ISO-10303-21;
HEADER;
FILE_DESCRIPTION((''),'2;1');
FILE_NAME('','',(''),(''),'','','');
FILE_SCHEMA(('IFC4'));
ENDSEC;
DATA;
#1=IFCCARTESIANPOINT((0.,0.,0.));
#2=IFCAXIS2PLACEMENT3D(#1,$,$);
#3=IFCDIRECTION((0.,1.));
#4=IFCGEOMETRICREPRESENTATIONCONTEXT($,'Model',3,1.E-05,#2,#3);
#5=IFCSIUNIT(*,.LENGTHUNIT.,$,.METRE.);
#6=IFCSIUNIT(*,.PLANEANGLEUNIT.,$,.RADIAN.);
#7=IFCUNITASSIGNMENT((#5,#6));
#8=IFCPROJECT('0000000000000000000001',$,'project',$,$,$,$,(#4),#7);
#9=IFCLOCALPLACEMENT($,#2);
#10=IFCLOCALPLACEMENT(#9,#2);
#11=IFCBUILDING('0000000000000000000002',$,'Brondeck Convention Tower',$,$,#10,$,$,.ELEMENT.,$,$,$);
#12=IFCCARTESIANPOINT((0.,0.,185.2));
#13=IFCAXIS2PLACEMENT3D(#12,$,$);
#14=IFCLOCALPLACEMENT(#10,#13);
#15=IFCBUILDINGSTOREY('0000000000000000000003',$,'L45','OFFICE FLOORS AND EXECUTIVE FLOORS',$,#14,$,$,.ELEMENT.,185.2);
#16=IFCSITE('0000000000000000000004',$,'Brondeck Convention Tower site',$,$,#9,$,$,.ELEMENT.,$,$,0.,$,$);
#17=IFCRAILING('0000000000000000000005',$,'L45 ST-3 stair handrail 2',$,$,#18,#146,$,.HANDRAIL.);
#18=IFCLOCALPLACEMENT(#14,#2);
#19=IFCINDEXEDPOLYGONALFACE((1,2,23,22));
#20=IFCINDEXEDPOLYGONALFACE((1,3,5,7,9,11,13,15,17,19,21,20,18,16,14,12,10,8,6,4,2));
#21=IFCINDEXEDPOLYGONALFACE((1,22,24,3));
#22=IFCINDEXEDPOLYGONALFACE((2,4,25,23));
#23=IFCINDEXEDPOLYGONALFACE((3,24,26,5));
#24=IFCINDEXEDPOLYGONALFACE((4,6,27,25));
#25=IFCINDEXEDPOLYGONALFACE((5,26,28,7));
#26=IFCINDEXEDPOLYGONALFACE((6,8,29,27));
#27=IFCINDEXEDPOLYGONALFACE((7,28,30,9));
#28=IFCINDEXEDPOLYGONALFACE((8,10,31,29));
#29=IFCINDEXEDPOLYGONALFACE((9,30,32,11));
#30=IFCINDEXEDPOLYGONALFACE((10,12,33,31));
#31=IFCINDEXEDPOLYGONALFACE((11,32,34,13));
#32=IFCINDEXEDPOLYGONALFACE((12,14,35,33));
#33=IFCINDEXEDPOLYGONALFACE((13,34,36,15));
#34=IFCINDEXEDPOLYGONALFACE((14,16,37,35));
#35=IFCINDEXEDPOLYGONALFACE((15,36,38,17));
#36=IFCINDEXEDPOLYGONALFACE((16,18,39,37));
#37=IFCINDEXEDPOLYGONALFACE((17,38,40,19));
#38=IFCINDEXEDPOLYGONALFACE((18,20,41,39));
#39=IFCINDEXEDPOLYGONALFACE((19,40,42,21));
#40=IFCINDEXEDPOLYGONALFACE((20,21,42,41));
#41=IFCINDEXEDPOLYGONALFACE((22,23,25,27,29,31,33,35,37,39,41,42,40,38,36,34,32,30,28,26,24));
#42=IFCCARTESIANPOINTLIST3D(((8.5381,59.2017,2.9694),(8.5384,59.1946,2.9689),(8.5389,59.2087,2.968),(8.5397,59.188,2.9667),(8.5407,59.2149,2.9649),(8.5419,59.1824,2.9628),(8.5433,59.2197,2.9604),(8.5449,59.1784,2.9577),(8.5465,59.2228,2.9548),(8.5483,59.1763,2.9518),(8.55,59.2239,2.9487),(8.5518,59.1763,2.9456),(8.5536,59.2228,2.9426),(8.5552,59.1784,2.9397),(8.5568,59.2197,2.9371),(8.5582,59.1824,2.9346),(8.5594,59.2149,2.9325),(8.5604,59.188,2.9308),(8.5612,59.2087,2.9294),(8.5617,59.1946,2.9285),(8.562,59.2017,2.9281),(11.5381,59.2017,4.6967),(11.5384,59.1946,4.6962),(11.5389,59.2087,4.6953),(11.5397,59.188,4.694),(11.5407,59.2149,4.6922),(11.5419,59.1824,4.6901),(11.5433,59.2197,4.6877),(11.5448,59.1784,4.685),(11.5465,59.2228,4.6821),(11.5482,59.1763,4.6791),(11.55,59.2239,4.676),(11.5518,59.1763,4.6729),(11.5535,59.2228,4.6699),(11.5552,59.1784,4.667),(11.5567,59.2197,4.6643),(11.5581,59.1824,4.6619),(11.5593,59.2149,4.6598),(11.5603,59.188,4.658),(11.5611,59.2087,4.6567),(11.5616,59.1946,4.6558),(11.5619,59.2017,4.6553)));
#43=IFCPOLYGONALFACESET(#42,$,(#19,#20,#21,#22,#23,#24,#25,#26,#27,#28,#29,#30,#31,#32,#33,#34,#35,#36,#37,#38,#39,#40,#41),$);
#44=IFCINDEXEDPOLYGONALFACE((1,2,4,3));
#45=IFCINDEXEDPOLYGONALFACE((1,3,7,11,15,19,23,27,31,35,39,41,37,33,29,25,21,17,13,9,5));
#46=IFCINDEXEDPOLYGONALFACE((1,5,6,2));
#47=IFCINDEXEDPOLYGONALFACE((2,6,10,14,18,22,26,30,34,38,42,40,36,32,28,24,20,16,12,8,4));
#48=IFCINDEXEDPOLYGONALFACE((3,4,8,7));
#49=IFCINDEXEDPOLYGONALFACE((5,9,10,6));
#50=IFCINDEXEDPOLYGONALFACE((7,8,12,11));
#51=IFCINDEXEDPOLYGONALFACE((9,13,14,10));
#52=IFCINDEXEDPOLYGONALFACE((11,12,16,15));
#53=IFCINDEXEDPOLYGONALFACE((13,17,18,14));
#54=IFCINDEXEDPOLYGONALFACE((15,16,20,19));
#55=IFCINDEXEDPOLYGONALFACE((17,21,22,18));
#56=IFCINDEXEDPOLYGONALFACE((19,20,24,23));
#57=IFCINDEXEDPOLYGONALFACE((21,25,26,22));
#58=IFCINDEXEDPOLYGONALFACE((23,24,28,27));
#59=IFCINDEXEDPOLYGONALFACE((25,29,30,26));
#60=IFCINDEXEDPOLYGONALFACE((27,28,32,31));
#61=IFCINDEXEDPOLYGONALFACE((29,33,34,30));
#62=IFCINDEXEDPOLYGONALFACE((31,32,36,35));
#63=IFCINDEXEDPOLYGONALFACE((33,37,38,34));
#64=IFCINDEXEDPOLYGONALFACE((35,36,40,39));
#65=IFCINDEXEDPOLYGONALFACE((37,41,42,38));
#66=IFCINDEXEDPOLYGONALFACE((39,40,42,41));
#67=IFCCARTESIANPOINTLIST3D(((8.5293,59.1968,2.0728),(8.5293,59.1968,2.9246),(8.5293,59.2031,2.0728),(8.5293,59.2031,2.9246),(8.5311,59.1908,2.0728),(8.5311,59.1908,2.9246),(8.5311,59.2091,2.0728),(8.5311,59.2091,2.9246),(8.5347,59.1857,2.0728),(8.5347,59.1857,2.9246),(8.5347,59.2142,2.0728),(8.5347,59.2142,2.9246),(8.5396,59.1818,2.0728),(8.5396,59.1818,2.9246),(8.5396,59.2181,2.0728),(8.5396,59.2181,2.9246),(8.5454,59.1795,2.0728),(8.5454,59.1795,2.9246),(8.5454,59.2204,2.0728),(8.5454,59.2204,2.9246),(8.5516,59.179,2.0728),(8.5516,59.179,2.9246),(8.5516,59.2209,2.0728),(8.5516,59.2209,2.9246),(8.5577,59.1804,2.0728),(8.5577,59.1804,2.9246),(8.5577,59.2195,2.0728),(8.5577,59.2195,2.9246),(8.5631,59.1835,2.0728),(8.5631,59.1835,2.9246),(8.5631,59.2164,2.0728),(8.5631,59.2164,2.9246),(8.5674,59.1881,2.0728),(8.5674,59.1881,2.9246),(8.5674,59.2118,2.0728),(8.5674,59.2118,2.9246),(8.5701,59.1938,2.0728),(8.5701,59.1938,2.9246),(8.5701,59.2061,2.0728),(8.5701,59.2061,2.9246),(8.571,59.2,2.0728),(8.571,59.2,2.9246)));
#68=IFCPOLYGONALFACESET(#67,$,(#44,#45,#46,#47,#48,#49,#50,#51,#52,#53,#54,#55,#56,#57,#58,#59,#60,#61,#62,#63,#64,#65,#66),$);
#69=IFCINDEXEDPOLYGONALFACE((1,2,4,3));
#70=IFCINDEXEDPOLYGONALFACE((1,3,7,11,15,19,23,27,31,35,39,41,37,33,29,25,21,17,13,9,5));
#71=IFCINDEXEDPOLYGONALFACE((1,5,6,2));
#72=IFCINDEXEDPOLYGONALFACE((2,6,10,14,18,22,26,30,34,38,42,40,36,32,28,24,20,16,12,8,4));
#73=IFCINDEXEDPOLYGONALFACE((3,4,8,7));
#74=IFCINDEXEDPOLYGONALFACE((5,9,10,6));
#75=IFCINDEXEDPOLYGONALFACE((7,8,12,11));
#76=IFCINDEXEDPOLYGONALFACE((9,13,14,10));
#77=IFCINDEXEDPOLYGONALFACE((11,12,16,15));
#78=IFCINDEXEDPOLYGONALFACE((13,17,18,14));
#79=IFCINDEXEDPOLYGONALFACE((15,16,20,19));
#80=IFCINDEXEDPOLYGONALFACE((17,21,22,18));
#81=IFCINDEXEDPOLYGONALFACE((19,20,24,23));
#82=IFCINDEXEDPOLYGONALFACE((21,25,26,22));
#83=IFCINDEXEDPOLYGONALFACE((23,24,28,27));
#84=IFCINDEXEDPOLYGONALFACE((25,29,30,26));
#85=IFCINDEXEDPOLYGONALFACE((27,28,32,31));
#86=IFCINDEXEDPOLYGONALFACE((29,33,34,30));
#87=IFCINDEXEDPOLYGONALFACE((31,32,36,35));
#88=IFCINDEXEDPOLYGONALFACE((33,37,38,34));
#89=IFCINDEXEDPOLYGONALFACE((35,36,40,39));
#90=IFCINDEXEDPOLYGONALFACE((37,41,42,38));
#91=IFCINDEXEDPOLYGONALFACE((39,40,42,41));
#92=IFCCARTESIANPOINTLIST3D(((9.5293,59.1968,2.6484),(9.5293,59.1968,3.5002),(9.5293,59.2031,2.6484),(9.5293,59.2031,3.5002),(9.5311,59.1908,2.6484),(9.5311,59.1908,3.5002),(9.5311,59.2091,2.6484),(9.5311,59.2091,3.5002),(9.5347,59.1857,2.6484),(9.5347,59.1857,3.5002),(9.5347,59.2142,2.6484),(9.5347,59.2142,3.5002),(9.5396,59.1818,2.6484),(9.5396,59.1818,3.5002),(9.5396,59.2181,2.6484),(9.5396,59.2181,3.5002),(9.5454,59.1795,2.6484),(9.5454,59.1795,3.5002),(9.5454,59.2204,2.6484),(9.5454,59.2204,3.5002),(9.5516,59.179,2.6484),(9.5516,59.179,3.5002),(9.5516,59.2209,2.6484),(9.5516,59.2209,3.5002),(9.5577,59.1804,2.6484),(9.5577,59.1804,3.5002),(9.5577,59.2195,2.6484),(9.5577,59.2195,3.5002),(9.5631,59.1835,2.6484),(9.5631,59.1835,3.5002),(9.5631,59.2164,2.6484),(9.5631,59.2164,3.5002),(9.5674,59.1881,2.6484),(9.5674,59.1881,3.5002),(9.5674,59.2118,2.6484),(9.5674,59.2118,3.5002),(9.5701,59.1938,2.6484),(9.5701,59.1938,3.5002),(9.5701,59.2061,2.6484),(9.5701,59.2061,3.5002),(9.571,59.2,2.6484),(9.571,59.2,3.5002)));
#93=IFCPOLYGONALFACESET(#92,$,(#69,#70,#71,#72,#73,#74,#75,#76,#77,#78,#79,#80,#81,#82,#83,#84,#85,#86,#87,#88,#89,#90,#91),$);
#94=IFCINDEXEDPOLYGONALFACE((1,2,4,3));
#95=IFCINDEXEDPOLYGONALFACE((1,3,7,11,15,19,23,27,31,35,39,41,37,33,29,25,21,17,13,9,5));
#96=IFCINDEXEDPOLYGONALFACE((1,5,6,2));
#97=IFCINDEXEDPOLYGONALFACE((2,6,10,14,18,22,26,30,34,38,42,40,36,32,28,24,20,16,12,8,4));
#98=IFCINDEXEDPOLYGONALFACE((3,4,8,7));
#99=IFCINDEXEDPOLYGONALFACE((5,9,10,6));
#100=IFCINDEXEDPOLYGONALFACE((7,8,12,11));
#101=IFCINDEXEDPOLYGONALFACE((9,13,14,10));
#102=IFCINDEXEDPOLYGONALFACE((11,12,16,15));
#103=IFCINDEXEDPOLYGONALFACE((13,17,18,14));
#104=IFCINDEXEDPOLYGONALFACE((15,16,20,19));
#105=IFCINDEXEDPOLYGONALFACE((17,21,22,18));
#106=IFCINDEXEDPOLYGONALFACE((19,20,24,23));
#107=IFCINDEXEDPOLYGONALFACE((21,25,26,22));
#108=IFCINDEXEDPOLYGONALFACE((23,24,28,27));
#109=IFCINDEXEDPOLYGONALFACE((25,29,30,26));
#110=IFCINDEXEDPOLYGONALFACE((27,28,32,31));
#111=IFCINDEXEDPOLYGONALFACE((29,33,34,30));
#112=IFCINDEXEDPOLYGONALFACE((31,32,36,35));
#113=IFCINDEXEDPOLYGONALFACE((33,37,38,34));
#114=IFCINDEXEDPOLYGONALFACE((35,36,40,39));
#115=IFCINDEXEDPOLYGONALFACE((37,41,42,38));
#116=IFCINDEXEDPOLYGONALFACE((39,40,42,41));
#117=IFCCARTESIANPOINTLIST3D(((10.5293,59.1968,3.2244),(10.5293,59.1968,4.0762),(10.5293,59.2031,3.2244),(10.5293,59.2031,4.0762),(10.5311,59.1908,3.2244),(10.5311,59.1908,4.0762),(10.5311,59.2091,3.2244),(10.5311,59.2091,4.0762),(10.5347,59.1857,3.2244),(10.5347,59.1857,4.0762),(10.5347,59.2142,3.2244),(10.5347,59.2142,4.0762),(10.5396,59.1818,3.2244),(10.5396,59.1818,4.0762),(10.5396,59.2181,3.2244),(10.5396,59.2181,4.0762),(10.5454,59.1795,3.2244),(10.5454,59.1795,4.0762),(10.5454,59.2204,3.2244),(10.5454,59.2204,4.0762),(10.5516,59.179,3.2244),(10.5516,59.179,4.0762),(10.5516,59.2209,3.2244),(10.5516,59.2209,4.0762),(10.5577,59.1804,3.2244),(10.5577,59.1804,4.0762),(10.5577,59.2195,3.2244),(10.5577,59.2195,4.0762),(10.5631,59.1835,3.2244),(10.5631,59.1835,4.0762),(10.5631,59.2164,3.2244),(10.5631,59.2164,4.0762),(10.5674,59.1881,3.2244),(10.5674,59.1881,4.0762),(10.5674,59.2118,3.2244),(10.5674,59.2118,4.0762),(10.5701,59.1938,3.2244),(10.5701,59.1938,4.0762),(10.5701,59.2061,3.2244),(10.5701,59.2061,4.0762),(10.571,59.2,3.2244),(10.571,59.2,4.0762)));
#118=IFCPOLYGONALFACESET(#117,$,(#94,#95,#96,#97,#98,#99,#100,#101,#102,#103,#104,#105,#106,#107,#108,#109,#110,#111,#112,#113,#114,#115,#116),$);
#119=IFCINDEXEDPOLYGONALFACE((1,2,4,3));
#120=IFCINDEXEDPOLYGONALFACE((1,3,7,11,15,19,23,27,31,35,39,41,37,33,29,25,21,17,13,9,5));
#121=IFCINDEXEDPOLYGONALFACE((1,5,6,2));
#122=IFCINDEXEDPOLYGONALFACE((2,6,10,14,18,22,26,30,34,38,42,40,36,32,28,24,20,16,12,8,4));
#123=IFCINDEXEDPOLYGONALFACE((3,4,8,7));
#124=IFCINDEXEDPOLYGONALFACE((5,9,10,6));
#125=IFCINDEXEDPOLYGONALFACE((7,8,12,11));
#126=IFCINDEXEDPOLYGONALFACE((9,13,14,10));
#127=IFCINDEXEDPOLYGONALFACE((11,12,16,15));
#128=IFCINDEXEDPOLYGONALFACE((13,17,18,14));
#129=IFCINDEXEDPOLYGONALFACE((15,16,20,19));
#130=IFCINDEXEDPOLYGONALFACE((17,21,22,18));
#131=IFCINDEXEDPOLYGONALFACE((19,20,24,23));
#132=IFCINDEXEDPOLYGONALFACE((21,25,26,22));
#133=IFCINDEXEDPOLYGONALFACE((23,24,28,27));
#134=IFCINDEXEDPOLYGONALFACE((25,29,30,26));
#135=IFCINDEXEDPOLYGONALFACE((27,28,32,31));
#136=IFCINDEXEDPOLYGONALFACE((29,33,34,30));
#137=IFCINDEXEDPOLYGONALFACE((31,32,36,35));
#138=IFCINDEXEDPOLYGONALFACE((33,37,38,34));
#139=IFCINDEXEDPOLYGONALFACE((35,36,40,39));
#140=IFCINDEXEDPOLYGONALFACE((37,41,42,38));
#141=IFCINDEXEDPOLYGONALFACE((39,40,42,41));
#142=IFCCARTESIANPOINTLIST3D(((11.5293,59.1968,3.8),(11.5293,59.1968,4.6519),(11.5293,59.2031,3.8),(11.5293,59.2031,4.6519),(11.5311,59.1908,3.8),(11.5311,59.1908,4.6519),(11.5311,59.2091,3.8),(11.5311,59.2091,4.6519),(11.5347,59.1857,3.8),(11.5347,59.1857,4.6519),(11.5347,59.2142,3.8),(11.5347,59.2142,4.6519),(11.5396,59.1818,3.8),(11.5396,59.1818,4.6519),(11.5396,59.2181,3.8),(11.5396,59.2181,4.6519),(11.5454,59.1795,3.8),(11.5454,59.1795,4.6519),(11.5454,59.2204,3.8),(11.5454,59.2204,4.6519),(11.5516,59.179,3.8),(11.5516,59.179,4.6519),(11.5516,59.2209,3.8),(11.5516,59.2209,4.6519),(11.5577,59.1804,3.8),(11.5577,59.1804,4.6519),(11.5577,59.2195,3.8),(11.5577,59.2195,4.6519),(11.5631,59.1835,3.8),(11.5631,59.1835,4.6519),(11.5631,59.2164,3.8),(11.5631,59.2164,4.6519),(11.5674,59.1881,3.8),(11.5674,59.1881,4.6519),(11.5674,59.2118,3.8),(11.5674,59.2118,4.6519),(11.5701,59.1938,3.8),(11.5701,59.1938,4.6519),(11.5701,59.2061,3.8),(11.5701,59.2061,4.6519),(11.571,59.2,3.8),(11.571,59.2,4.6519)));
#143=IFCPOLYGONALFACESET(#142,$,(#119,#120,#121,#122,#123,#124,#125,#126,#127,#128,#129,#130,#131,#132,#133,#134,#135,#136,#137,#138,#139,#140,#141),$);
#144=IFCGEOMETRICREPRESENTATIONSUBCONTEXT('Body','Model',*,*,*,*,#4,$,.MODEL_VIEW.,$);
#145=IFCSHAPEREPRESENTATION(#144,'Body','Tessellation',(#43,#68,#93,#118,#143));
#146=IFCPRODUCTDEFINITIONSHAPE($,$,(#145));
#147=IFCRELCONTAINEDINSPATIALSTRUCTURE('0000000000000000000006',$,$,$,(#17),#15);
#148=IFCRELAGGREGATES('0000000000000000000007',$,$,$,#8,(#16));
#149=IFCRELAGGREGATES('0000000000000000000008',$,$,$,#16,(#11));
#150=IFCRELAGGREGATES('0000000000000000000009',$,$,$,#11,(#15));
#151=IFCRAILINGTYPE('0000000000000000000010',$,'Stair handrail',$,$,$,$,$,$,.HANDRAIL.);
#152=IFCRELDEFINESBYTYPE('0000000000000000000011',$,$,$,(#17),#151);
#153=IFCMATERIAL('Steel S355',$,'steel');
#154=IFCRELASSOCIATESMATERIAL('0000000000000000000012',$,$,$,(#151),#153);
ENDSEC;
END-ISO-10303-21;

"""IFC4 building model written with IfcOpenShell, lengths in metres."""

from ifc_helpers import new_model, si_unit, direction, frame, origin, origin_2d, place, context, subcontext, project, spatial, circle, extrude, material, type_object, element, save


model = new_model("IFC4")

# Units and contexts
model_context = context("Model", 3, precision=1e-05, world=origin(), true_north=direction((0.0, 1.0)))
body_context = subcontext(model_context, "Body", "Model", "MODEL_VIEW")
ifc_project = project(units=[si_unit("LENGTHUNIT", "METRE"), si_unit("PLANEANGLEUNIT", "RADIAN")], contexts=[model_context])

# Site, building, storey
site_placement = place(None, origin())
site = spatial("IfcSite", under=ifc_project, at=site_placement, Name="Brondeck Convention Tower site", CompositionType="ELEMENT", RefElevation=0.0)
building_placement = place(site_placement, origin())
building = spatial("IfcBuilding", under=site, at=building_placement, Name="Brondeck Convention Tower", CompositionType="ELEMENT")
storey_placement = place(building_placement, frame((0.0, 0.0, 185.2)))
storey = spatial("IfcBuildingStorey", under=building, at=storey_placement, Name="L45", Description="OFFICE FLOORS AND EXECUTIVE FLOORS", CompositionType="ELEMENT", Elevation=185.2)

# Railing
ifc_material_1 = material(Name="Steel S355", Category="steel")
railing_type_1 = type_object("IfcRailingType", Name="Stair handrail", PredefinedType="HANDRAIL", material=ifc_material_1)
railing_1_placement = place(storey_placement, frame((8.55, 59.2, 2.0728)))
element("IfcRailing", 1, at=railing_1_placement, inside=storey, type_object=railing_type_1, Name="L45 ST-3 stair handrail 2", PredefinedType="HANDRAIL", context=body_context, shape_type="SweptSolid", body=[
    extrude(circle(Radius=0.0239, at=origin_2d()), frame((0.0, 0.0, 0.876), z_axis=(0.86662, 0.0, 0.498969), x_axis=(0.0, 1.0, 0.0)), (0.0, 0.0, 1.0), 3.4617),
    extrude(circle(Radius=0.021, at=origin_2d()), origin(), (0.0, 0.0, 1.0), 0.8518),
    extrude(circle(Radius=0.021, at=origin_2d()), frame((1.0, 0.0, 0.5757)), (0.0, 0.0, 1.0), 0.8518),
    extrude(circle(Radius=0.021, at=origin_2d()), frame((2.0, 0.0, 1.1516)), (0.0, 0.0, 1.0), 0.8518),
    extrude(circle(Radius=0.021, at=origin_2d()), frame((3.0, 0.0, 1.7273)), (0.0, 0.0, 1.0), 0.8518),
])

save(model, "model.ifc")
